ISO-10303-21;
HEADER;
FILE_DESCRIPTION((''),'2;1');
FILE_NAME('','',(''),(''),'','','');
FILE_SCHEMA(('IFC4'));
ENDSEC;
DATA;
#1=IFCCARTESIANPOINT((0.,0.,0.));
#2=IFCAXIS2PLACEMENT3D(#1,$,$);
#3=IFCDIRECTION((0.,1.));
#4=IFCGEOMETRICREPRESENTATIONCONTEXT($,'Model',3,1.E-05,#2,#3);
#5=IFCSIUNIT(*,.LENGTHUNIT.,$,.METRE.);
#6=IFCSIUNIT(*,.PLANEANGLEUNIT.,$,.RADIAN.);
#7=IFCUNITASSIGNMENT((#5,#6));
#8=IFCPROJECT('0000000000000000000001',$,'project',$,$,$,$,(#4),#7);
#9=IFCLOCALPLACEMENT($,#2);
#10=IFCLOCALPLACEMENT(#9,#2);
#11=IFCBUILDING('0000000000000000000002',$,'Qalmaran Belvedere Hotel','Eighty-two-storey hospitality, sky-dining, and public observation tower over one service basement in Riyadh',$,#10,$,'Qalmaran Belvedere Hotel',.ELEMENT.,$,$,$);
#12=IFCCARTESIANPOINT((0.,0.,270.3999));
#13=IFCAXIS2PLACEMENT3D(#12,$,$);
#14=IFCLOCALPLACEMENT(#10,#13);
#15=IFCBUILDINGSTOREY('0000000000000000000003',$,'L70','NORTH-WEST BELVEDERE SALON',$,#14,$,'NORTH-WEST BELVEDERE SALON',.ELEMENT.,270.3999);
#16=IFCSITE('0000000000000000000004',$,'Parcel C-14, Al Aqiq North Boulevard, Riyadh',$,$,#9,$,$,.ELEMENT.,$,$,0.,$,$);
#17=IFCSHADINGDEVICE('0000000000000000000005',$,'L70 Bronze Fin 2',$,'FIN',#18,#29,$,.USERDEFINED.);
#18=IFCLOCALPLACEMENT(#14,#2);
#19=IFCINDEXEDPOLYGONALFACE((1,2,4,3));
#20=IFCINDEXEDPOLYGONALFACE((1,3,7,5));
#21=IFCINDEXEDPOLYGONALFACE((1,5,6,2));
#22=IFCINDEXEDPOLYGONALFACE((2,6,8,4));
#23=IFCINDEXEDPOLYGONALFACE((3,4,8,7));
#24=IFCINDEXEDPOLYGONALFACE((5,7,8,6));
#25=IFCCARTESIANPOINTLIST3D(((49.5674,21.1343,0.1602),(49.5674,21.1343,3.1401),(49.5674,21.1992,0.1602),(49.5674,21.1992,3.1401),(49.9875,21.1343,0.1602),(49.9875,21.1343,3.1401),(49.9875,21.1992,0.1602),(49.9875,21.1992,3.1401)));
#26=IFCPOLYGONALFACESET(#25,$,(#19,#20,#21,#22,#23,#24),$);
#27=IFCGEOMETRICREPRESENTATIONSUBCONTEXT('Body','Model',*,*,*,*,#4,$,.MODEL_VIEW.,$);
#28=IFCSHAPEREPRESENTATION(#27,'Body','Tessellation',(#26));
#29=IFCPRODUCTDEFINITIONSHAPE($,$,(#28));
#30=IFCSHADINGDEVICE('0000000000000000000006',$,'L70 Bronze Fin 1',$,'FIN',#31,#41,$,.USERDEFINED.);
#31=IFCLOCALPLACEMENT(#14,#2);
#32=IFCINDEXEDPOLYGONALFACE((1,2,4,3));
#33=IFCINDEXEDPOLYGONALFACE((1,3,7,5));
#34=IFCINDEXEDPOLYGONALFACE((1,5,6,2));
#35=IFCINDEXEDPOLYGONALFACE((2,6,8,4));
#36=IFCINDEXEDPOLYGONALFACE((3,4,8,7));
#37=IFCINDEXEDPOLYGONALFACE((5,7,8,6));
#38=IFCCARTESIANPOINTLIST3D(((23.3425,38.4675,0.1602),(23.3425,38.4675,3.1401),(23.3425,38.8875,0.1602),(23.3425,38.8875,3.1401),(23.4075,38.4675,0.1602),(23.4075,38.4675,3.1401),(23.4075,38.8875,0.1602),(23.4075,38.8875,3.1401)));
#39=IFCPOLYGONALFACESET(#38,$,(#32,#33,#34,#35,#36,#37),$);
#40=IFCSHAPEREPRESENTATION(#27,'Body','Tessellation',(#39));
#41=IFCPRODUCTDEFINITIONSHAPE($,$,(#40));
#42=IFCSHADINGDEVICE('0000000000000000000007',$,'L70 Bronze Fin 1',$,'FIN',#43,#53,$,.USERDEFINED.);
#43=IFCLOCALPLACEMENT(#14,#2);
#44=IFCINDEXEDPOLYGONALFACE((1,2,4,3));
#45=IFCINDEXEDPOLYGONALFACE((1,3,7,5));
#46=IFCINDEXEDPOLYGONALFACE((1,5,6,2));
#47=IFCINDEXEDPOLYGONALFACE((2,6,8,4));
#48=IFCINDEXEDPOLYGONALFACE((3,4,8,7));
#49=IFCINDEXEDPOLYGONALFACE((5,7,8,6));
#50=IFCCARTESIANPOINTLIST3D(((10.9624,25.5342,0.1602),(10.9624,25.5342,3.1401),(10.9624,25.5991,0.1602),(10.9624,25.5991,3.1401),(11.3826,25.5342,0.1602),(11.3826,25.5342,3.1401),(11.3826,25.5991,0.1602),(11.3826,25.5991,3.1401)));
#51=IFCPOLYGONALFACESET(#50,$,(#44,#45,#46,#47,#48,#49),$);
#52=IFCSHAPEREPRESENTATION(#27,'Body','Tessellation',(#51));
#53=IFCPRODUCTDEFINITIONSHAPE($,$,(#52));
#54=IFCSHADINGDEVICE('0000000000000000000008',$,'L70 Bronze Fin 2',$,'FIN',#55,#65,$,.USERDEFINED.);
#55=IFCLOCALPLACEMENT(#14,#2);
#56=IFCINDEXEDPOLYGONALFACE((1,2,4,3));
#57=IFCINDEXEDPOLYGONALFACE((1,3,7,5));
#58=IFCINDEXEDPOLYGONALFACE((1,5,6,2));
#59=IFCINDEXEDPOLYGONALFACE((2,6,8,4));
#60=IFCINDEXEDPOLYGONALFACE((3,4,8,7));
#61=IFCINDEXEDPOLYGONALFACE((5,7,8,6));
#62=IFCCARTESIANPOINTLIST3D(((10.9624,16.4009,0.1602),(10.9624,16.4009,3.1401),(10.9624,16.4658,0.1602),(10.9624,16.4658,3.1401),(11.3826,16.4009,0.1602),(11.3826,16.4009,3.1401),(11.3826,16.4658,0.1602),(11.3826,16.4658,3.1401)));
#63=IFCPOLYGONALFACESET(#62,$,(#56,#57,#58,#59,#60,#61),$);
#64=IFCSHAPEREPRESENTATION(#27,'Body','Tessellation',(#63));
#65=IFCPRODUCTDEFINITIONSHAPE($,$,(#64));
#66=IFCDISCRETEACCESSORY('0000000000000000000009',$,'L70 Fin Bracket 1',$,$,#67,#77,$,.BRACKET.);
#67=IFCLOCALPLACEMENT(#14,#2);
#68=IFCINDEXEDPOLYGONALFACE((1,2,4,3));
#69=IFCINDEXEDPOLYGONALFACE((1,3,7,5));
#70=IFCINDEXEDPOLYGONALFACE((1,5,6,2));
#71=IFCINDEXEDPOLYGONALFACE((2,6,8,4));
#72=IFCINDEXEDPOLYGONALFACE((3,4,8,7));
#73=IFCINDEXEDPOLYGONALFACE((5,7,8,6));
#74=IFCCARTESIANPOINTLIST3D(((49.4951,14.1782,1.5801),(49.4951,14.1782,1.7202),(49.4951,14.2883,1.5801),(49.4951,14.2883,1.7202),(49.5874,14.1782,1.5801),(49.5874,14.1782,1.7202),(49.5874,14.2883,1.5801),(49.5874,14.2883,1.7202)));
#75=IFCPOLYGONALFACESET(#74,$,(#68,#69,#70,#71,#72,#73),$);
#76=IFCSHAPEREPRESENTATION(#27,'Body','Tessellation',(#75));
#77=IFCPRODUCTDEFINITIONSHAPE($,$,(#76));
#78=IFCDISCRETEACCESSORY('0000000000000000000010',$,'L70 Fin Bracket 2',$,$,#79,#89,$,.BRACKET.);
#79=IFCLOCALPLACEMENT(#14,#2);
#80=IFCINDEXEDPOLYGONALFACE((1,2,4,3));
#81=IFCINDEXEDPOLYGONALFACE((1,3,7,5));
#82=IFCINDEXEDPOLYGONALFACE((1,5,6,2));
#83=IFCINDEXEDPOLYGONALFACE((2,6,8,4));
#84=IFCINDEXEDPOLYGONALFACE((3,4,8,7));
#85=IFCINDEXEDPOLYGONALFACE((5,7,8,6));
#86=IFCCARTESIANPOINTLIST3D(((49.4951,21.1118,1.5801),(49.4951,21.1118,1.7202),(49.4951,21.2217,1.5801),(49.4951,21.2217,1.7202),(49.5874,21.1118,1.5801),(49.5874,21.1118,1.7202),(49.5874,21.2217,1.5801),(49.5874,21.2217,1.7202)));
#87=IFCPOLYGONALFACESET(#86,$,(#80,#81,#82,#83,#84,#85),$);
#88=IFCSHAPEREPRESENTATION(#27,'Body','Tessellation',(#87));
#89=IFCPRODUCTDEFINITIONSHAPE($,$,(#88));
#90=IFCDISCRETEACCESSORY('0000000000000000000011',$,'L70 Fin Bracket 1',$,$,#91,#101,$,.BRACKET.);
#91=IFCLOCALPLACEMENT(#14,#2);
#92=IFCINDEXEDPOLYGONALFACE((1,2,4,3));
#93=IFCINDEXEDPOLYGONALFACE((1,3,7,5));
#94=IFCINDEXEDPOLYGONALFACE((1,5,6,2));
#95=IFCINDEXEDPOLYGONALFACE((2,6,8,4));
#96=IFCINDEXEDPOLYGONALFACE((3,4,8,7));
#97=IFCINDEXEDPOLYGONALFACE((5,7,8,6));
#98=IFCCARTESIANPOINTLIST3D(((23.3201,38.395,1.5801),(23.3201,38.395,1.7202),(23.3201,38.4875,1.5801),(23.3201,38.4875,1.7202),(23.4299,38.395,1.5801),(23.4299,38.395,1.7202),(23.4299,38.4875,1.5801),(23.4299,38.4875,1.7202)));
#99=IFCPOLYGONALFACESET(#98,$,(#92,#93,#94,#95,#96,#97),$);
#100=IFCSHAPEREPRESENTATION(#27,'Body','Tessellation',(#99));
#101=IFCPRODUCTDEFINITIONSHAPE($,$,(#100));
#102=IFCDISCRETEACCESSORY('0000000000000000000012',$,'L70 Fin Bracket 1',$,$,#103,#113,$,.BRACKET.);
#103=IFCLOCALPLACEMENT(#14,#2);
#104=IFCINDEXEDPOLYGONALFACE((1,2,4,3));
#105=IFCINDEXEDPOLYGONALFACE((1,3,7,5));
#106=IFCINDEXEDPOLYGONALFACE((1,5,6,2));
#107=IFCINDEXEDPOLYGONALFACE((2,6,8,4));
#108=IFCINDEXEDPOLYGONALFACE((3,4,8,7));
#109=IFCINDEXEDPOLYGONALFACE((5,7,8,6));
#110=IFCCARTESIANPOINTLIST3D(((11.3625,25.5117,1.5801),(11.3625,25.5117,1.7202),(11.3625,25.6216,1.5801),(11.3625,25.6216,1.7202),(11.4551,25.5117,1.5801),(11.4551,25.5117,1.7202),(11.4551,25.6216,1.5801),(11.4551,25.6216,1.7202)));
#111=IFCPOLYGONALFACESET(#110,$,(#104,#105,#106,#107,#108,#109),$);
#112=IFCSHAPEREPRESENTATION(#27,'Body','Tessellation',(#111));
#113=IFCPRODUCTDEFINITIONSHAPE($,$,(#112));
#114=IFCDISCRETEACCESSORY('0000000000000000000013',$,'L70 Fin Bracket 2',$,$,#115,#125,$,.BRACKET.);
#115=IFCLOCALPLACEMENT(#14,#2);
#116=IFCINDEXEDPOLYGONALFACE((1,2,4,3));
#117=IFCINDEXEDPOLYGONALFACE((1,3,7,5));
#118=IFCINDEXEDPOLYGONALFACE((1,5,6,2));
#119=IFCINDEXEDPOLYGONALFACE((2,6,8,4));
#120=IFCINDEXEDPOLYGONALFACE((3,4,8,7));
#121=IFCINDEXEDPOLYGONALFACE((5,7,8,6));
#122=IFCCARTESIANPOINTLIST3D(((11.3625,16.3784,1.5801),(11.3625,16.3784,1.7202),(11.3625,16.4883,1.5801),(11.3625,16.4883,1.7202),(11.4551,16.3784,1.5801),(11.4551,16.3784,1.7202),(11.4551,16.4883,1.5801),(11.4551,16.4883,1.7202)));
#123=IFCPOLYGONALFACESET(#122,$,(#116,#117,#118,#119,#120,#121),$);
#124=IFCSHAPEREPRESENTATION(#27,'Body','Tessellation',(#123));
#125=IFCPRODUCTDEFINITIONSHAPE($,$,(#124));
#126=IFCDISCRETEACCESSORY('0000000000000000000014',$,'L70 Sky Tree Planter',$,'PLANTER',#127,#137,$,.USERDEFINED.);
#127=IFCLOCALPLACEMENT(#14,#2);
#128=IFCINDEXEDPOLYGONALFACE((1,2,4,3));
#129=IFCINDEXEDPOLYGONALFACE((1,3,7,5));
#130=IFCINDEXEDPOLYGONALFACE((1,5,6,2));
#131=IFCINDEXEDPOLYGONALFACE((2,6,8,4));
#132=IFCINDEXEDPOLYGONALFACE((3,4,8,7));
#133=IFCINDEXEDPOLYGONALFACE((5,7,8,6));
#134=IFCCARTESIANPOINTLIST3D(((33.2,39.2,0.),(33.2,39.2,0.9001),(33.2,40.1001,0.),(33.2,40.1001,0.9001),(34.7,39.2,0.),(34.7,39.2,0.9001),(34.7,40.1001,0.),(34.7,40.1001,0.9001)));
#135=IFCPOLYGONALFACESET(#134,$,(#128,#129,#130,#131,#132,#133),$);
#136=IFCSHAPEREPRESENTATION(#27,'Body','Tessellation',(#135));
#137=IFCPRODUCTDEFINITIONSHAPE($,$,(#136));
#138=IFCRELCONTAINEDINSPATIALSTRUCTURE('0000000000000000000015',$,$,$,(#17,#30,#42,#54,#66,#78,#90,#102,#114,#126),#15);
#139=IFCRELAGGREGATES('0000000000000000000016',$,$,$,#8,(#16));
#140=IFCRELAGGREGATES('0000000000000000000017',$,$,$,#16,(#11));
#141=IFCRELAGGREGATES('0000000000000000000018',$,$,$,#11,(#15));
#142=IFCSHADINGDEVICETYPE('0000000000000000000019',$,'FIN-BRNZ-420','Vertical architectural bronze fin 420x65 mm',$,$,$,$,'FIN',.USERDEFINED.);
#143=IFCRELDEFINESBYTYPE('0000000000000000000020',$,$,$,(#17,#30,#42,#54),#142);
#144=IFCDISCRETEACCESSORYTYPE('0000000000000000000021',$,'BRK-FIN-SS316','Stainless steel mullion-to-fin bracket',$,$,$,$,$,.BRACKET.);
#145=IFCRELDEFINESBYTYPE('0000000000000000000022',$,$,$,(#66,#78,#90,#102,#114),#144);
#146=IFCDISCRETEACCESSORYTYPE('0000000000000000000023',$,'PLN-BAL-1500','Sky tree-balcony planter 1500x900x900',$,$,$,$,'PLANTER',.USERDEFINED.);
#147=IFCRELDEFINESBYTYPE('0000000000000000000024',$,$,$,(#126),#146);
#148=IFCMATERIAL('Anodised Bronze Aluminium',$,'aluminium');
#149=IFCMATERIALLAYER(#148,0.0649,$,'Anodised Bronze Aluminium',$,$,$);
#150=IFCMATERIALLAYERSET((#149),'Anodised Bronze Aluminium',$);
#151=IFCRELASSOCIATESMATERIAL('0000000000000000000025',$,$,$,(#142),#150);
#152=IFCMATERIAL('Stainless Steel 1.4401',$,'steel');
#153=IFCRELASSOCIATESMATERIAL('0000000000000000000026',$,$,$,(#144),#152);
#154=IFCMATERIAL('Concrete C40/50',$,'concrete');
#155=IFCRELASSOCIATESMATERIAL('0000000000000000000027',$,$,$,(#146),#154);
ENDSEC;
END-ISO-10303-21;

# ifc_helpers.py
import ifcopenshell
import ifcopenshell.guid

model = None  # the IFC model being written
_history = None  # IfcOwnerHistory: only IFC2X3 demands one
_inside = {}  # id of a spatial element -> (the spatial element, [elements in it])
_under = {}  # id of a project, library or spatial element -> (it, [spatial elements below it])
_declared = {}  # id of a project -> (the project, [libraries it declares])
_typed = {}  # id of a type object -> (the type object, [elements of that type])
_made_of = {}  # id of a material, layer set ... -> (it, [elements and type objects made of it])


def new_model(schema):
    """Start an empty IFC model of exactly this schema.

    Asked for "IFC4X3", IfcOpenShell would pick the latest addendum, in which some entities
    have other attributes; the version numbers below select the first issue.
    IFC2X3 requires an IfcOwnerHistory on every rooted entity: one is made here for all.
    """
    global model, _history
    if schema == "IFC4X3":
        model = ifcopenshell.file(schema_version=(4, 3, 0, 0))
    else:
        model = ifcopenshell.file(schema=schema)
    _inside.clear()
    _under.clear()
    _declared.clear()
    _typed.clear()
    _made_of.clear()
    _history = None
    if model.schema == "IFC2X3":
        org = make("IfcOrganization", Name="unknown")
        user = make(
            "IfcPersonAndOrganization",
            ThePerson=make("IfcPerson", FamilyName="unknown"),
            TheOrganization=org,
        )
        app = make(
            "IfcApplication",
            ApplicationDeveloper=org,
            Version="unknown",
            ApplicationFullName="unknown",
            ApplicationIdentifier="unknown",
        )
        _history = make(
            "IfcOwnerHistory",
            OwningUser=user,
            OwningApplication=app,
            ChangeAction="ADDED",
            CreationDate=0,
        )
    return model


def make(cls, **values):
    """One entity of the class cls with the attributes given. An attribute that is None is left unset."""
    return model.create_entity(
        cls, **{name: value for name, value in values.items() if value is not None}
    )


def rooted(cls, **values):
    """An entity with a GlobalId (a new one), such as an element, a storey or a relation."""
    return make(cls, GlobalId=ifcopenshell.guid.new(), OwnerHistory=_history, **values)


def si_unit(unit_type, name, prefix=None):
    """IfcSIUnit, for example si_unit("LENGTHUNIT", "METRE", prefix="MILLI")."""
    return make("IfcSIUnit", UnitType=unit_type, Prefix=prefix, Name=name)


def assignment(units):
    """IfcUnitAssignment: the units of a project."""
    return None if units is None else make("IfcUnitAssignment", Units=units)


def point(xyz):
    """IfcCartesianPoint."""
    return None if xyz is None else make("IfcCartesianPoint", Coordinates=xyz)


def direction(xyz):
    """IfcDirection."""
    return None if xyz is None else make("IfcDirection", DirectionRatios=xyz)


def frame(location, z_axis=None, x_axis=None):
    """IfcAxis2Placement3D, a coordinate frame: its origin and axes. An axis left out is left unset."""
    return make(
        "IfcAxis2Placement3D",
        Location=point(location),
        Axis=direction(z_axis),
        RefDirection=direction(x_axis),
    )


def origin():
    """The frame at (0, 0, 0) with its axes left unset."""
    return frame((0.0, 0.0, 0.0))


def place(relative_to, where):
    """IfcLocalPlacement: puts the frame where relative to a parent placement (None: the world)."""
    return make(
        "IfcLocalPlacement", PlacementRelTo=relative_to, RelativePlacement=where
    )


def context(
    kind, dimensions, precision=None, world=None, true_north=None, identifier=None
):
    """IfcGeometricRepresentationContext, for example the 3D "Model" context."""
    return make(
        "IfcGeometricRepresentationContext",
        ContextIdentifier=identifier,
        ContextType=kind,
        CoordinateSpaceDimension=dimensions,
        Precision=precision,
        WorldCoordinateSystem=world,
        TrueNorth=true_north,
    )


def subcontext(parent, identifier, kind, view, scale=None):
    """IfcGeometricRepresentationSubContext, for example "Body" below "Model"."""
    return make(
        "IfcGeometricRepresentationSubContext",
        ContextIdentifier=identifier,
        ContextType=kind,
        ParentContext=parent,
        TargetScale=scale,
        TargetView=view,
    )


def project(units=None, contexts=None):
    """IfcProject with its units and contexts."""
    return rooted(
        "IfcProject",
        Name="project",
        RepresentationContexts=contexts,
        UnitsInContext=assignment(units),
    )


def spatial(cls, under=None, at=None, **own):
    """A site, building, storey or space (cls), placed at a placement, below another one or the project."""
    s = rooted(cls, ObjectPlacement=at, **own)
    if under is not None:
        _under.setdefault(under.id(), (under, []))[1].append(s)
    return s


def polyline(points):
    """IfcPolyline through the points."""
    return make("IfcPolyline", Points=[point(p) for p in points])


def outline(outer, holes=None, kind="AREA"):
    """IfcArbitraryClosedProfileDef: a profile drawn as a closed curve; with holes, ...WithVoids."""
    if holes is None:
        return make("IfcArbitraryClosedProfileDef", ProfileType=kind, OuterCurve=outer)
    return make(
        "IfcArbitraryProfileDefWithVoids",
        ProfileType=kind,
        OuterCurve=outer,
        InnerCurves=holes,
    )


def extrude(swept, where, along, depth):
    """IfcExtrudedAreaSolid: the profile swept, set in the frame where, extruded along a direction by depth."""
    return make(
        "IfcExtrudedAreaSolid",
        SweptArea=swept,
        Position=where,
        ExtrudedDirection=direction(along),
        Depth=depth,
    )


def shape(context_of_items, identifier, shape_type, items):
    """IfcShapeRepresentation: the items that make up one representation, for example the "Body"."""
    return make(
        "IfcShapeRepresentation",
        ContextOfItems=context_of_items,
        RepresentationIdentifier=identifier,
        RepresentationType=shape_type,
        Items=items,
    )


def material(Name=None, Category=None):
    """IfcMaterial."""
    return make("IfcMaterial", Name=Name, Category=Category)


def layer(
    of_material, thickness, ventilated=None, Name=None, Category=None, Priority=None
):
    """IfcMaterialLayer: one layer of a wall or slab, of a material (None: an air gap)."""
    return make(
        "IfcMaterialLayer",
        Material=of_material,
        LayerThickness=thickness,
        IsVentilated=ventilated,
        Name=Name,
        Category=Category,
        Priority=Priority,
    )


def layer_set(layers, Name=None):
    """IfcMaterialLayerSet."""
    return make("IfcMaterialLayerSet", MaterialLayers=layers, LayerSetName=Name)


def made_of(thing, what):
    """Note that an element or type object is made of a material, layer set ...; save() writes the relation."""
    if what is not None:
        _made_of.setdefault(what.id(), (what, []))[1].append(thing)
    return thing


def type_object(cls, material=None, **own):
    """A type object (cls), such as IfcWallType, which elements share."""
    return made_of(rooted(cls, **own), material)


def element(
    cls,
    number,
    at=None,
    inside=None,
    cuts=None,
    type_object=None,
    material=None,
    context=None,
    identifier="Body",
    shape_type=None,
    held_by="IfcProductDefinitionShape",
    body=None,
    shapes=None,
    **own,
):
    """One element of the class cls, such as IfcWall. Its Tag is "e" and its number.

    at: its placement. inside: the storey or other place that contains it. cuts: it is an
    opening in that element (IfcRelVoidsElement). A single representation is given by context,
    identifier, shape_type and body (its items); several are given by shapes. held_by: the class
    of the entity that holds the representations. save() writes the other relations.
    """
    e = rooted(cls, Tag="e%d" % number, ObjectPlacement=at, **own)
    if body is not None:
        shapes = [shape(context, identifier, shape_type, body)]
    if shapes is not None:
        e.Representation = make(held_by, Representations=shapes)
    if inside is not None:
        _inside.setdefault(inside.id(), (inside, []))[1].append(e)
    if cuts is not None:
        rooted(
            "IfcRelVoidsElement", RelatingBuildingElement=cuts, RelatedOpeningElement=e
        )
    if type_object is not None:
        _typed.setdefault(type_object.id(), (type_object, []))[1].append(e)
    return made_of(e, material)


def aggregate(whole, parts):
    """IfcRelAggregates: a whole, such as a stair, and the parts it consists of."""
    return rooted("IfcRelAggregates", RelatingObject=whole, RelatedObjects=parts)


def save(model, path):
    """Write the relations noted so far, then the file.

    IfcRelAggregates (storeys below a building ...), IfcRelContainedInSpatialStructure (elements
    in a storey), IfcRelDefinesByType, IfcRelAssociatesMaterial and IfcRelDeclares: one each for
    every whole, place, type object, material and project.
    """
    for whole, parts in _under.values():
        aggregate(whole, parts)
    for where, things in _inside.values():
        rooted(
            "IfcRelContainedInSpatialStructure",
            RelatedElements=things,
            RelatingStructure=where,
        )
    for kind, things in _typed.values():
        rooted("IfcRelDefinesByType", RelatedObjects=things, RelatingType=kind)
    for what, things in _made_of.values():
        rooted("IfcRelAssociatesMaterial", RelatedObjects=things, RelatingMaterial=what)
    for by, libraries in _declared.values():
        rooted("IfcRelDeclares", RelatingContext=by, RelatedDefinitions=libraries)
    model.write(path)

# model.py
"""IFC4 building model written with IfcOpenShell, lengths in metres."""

from ifc_helpers import new_model, si_unit, direction, frame, origin, place, context, subcontext, project, spatial, polyline, outline, extrude, material, layer, layer_set, type_object, element, save


model = new_model("IFC4")

# Units and contexts
model_context = context("Model", 3, precision=1e-05, world=origin(), true_north=direction((0.0, 1.0)))
body_context = subcontext(model_context, "Body", "Model", "MODEL_VIEW")
ifc_project = project(units=[si_unit("LENGTHUNIT", "METRE"), si_unit("PLANEANGLEUNIT", "RADIAN")], contexts=[model_context])

# Site, building, storey
site_placement = place(None, origin())
site = spatial("IfcSite", under=ifc_project, at=site_placement, Name="Parcel C-14, Al Aqiq North Boulevard, Riyadh", CompositionType="ELEMENT", RefElevation=0.0)
building_placement = place(site_placement, origin())
building = spatial("IfcBuilding", under=site, at=building_placement, Name="Qalmaran Belvedere Hotel", Description="Eighty-two-storey hospitality, sky-dining, and public observation tower over one service basement in Riyadh", LongName="Qalmaran Belvedere Hotel", CompositionType="ELEMENT")
storey_placement = place(building_placement, frame((0.0, 0.0, 270.3999)))
storey = spatial("IfcBuildingStorey", under=building, at=storey_placement, Name="L70", Description="NORTH-WEST BELVEDERE SALON", LongName="NORTH-WEST BELVEDERE SALON", CompositionType="ELEMENT", Elevation=270.3999)

# Shared definitions
ifc_material_1 = material(Name="Anodised Bronze Aluminium", Category="aluminium")

# Shared definitions
ifc_material_2 = material(Name="Concrete C40/50", Category="concrete")

# Shading devices
ifc_layer_1 = layer(ifc_material_1, 0.0649, Name="Anodised Bronze Aluminium")
ifc_layer_set_1 = layer_set([ifc_layer_1], Name="Anodised Bronze Aluminium")
shading_device_type = type_object("IfcShadingDeviceType", Name="FIN-BRNZ-420", Description="Vertical architectural bronze fin 420x65 mm", ElementType="FIN", PredefinedType="USERDEFINED", material=ifc_layer_set_1)
shading_device_1_placement = place(storey_placement, frame((0.0, 0.0, 0.1602)))
element("IfcShadingDevice", 1, at=shading_device_1_placement, inside=storey, type_object=shading_device_type, Name="L70 Bronze Fin 2", ObjectType="FIN", PredefinedType="USERDEFINED", context=body_context, shape_type="SweptSolid", body=[
    extrude(outline(polyline([(49.5674, 21.1343), (49.9875, 21.1343), (49.9875, 21.1992), (49.5674, 21.1992), (49.5674, 21.1343)])), origin(), (0.0, 0.0, 1.0), 2.98),
])
shading_device_2_placement = place(storey_placement, frame((0.0, 0.0, 0.1602)))
element("IfcShadingDevice", 2, at=shading_device_2_placement, inside=storey, type_object=shading_device_type, Name="L70 Bronze Fin 1", ObjectType="FIN", PredefinedType="USERDEFINED", context=body_context, shape_type="SweptSolid", body=[
    extrude(outline(polyline([(23.4075, 38.4675), (23.4075, 38.8875), (23.3425, 38.8875), (23.3425, 38.4675), (23.4075, 38.4675)])), origin(), (0.0, 0.0, 1.0), 2.98),
])
shading_device_3_placement = place(storey_placement, frame((0.0, 0.0, 0.1602)))
element("IfcShadingDevice", 3, at=shading_device_3_placement, inside=storey, type_object=shading_device_type, Name="L70 Bronze Fin 1", ObjectType="FIN", PredefinedType="USERDEFINED", context=body_context, shape_type="SweptSolid", body=[
    extrude(outline(polyline([(11.3826, 25.5991), (10.9624, 25.5991), (10.9624, 25.5342), (11.3826, 25.5342), (11.3826, 25.5991)])), origin(), (0.0, 0.0, 1.0), 2.98),
])
shading_device_4_placement = place(storey_placement, frame((0.0, 0.0, 0.1602)))
element("IfcShadingDevice", 4, at=shading_device_4_placement, inside=storey, type_object=shading_device_type, Name="L70 Bronze Fin 2", ObjectType="FIN", PredefinedType="USERDEFINED", context=body_context, shape_type="SweptSolid", body=[
    extrude(outline(polyline([(11.3826, 16.4658), (10.9624, 16.4658), (10.9624, 16.4009), (11.3826, 16.4009), (11.3826, 16.4658)])), origin(), (0.0, 0.0, 1.0), 2.98),
])

# Discrete accessories
ifc_material_3 = material(Name="Stainless Steel 1.4401", Category="steel")
discrete_accessory_type_1 = type_object("IfcDiscreteAccessoryType", Name="BRK-FIN-SS316", Description="Stainless steel mullion-to-fin bracket", PredefinedType="BRACKET", material=ifc_material_3)
discrete_accessory_1_placement = place(storey_placement, frame((0.0, 0.0, 1.5801)))
element("IfcDiscreteAccessory", 5, at=discrete_accessory_1_placement, inside=storey, type_object=discrete_accessory_type_1, Name="L70 Fin Bracket 1", PredefinedType="BRACKET", context=body_context, shape_type="SweptSolid", body=[
    extrude(outline(polyline([(49.4951, 14.1782), (49.5874, 14.1782), (49.5874, 14.2883), (49.4951, 14.2883), (49.4951, 14.1782)])), origin(), (0.0, 0.0, 1.0), 0.1401),
])
discrete_accessory_2_placement = place(storey_placement, frame((0.0, 0.0, 1.5801)))
element("IfcDiscreteAccessory", 6, at=discrete_accessory_2_placement, inside=storey, type_object=discrete_accessory_type_1, Name="L70 Fin Bracket 2", PredefinedType="BRACKET", context=body_context, shape_type="SweptSolid", body=[
    extrude(outline(polyline([(49.4951, 21.1118), (49.5874, 21.1118), (49.5874, 21.2217), (49.4951, 21.2217), (49.4951, 21.1118)])), origin(), (0.0, 0.0, 1.0), 0.1401),
])
discrete_accessory_3_placement = place(storey_placement, frame((0.0, 0.0, 1.5801)))
element("IfcDiscreteAccessory", 7, at=discrete_accessory_3_placement, inside=storey, type_object=discrete_accessory_type_1, Name="L70 Fin Bracket 1", PredefinedType="BRACKET", context=body_context, shape_type="SweptSolid", body=[
    extrude(outline(polyline([(23.4299, 38.395), (23.4299, 38.4875), (23.3201, 38.4875), (23.3201, 38.395), (23.4299, 38.395)])), origin(), (0.0, 0.0, 1.0), 0.1401),
])
discrete_accessory_4_placement = place(storey_placement, frame((0.0, 0.0, 1.5801)))
element("IfcDiscreteAccessory", 8, at=discrete_accessory_4_placement, inside=storey, type_object=discrete_accessory_type_1, Name="L70 Fin Bracket 1", PredefinedType="BRACKET", context=body_context, shape_type="SweptSolid", body=[
    extrude(outline(polyline([(11.4551, 25.6216), (11.3625, 25.6216), (11.3625, 25.5117), (11.4551, 25.5117), (11.4551, 25.6216)])), origin(), (0.0, 0.0, 1.0), 0.1401),
])
discrete_accessory_5_placement = place(storey_placement, frame((0.0, 0.0, 1.5801)))
element("IfcDiscreteAccessory", 9, at=discrete_accessory_5_placement, inside=storey, type_object=discrete_accessory_type_1, Name="L70 Fin Bracket 2", PredefinedType="BRACKET", context=body_context, shape_type="SweptSolid", body=[
    extrude(outline(polyline([(11.4551, 16.4883), (11.3625, 16.4883), (11.3625, 16.3784), (11.4551, 16.3784), (11.4551, 16.4883)])), origin(), (0.0, 0.0, 1.0), 0.1401),
])
discrete_accessory_type_2 = type_object("IfcDiscreteAccessoryType", Name="PLN-BAL-1500", Description="Sky tree-balcony planter 1500x900x900", ElementType="PLANTER", PredefinedType="USERDEFINED", material=ifc_material_2)
discrete_accessory_6_placement = place(storey_placement, origin())
element("IfcDiscreteAccessory", 10, at=discrete_accessory_6_placement, inside=storey, type_object=discrete_accessory_type_2, Name="L70 Sky Tree Planter", ObjectType="PLANTER", PredefinedType="USERDEFINED", context=body_context, shape_type="SweptSolid", body=[
    extrude(outline(polyline([(33.2, 39.2), (34.7, 39.2), (34.7, 40.1001), (33.2, 40.1001), (33.2, 39.2)])), origin(), (0.0, 0.0, 1.0), 0.9001),
])

save(model, "model.ifc")
